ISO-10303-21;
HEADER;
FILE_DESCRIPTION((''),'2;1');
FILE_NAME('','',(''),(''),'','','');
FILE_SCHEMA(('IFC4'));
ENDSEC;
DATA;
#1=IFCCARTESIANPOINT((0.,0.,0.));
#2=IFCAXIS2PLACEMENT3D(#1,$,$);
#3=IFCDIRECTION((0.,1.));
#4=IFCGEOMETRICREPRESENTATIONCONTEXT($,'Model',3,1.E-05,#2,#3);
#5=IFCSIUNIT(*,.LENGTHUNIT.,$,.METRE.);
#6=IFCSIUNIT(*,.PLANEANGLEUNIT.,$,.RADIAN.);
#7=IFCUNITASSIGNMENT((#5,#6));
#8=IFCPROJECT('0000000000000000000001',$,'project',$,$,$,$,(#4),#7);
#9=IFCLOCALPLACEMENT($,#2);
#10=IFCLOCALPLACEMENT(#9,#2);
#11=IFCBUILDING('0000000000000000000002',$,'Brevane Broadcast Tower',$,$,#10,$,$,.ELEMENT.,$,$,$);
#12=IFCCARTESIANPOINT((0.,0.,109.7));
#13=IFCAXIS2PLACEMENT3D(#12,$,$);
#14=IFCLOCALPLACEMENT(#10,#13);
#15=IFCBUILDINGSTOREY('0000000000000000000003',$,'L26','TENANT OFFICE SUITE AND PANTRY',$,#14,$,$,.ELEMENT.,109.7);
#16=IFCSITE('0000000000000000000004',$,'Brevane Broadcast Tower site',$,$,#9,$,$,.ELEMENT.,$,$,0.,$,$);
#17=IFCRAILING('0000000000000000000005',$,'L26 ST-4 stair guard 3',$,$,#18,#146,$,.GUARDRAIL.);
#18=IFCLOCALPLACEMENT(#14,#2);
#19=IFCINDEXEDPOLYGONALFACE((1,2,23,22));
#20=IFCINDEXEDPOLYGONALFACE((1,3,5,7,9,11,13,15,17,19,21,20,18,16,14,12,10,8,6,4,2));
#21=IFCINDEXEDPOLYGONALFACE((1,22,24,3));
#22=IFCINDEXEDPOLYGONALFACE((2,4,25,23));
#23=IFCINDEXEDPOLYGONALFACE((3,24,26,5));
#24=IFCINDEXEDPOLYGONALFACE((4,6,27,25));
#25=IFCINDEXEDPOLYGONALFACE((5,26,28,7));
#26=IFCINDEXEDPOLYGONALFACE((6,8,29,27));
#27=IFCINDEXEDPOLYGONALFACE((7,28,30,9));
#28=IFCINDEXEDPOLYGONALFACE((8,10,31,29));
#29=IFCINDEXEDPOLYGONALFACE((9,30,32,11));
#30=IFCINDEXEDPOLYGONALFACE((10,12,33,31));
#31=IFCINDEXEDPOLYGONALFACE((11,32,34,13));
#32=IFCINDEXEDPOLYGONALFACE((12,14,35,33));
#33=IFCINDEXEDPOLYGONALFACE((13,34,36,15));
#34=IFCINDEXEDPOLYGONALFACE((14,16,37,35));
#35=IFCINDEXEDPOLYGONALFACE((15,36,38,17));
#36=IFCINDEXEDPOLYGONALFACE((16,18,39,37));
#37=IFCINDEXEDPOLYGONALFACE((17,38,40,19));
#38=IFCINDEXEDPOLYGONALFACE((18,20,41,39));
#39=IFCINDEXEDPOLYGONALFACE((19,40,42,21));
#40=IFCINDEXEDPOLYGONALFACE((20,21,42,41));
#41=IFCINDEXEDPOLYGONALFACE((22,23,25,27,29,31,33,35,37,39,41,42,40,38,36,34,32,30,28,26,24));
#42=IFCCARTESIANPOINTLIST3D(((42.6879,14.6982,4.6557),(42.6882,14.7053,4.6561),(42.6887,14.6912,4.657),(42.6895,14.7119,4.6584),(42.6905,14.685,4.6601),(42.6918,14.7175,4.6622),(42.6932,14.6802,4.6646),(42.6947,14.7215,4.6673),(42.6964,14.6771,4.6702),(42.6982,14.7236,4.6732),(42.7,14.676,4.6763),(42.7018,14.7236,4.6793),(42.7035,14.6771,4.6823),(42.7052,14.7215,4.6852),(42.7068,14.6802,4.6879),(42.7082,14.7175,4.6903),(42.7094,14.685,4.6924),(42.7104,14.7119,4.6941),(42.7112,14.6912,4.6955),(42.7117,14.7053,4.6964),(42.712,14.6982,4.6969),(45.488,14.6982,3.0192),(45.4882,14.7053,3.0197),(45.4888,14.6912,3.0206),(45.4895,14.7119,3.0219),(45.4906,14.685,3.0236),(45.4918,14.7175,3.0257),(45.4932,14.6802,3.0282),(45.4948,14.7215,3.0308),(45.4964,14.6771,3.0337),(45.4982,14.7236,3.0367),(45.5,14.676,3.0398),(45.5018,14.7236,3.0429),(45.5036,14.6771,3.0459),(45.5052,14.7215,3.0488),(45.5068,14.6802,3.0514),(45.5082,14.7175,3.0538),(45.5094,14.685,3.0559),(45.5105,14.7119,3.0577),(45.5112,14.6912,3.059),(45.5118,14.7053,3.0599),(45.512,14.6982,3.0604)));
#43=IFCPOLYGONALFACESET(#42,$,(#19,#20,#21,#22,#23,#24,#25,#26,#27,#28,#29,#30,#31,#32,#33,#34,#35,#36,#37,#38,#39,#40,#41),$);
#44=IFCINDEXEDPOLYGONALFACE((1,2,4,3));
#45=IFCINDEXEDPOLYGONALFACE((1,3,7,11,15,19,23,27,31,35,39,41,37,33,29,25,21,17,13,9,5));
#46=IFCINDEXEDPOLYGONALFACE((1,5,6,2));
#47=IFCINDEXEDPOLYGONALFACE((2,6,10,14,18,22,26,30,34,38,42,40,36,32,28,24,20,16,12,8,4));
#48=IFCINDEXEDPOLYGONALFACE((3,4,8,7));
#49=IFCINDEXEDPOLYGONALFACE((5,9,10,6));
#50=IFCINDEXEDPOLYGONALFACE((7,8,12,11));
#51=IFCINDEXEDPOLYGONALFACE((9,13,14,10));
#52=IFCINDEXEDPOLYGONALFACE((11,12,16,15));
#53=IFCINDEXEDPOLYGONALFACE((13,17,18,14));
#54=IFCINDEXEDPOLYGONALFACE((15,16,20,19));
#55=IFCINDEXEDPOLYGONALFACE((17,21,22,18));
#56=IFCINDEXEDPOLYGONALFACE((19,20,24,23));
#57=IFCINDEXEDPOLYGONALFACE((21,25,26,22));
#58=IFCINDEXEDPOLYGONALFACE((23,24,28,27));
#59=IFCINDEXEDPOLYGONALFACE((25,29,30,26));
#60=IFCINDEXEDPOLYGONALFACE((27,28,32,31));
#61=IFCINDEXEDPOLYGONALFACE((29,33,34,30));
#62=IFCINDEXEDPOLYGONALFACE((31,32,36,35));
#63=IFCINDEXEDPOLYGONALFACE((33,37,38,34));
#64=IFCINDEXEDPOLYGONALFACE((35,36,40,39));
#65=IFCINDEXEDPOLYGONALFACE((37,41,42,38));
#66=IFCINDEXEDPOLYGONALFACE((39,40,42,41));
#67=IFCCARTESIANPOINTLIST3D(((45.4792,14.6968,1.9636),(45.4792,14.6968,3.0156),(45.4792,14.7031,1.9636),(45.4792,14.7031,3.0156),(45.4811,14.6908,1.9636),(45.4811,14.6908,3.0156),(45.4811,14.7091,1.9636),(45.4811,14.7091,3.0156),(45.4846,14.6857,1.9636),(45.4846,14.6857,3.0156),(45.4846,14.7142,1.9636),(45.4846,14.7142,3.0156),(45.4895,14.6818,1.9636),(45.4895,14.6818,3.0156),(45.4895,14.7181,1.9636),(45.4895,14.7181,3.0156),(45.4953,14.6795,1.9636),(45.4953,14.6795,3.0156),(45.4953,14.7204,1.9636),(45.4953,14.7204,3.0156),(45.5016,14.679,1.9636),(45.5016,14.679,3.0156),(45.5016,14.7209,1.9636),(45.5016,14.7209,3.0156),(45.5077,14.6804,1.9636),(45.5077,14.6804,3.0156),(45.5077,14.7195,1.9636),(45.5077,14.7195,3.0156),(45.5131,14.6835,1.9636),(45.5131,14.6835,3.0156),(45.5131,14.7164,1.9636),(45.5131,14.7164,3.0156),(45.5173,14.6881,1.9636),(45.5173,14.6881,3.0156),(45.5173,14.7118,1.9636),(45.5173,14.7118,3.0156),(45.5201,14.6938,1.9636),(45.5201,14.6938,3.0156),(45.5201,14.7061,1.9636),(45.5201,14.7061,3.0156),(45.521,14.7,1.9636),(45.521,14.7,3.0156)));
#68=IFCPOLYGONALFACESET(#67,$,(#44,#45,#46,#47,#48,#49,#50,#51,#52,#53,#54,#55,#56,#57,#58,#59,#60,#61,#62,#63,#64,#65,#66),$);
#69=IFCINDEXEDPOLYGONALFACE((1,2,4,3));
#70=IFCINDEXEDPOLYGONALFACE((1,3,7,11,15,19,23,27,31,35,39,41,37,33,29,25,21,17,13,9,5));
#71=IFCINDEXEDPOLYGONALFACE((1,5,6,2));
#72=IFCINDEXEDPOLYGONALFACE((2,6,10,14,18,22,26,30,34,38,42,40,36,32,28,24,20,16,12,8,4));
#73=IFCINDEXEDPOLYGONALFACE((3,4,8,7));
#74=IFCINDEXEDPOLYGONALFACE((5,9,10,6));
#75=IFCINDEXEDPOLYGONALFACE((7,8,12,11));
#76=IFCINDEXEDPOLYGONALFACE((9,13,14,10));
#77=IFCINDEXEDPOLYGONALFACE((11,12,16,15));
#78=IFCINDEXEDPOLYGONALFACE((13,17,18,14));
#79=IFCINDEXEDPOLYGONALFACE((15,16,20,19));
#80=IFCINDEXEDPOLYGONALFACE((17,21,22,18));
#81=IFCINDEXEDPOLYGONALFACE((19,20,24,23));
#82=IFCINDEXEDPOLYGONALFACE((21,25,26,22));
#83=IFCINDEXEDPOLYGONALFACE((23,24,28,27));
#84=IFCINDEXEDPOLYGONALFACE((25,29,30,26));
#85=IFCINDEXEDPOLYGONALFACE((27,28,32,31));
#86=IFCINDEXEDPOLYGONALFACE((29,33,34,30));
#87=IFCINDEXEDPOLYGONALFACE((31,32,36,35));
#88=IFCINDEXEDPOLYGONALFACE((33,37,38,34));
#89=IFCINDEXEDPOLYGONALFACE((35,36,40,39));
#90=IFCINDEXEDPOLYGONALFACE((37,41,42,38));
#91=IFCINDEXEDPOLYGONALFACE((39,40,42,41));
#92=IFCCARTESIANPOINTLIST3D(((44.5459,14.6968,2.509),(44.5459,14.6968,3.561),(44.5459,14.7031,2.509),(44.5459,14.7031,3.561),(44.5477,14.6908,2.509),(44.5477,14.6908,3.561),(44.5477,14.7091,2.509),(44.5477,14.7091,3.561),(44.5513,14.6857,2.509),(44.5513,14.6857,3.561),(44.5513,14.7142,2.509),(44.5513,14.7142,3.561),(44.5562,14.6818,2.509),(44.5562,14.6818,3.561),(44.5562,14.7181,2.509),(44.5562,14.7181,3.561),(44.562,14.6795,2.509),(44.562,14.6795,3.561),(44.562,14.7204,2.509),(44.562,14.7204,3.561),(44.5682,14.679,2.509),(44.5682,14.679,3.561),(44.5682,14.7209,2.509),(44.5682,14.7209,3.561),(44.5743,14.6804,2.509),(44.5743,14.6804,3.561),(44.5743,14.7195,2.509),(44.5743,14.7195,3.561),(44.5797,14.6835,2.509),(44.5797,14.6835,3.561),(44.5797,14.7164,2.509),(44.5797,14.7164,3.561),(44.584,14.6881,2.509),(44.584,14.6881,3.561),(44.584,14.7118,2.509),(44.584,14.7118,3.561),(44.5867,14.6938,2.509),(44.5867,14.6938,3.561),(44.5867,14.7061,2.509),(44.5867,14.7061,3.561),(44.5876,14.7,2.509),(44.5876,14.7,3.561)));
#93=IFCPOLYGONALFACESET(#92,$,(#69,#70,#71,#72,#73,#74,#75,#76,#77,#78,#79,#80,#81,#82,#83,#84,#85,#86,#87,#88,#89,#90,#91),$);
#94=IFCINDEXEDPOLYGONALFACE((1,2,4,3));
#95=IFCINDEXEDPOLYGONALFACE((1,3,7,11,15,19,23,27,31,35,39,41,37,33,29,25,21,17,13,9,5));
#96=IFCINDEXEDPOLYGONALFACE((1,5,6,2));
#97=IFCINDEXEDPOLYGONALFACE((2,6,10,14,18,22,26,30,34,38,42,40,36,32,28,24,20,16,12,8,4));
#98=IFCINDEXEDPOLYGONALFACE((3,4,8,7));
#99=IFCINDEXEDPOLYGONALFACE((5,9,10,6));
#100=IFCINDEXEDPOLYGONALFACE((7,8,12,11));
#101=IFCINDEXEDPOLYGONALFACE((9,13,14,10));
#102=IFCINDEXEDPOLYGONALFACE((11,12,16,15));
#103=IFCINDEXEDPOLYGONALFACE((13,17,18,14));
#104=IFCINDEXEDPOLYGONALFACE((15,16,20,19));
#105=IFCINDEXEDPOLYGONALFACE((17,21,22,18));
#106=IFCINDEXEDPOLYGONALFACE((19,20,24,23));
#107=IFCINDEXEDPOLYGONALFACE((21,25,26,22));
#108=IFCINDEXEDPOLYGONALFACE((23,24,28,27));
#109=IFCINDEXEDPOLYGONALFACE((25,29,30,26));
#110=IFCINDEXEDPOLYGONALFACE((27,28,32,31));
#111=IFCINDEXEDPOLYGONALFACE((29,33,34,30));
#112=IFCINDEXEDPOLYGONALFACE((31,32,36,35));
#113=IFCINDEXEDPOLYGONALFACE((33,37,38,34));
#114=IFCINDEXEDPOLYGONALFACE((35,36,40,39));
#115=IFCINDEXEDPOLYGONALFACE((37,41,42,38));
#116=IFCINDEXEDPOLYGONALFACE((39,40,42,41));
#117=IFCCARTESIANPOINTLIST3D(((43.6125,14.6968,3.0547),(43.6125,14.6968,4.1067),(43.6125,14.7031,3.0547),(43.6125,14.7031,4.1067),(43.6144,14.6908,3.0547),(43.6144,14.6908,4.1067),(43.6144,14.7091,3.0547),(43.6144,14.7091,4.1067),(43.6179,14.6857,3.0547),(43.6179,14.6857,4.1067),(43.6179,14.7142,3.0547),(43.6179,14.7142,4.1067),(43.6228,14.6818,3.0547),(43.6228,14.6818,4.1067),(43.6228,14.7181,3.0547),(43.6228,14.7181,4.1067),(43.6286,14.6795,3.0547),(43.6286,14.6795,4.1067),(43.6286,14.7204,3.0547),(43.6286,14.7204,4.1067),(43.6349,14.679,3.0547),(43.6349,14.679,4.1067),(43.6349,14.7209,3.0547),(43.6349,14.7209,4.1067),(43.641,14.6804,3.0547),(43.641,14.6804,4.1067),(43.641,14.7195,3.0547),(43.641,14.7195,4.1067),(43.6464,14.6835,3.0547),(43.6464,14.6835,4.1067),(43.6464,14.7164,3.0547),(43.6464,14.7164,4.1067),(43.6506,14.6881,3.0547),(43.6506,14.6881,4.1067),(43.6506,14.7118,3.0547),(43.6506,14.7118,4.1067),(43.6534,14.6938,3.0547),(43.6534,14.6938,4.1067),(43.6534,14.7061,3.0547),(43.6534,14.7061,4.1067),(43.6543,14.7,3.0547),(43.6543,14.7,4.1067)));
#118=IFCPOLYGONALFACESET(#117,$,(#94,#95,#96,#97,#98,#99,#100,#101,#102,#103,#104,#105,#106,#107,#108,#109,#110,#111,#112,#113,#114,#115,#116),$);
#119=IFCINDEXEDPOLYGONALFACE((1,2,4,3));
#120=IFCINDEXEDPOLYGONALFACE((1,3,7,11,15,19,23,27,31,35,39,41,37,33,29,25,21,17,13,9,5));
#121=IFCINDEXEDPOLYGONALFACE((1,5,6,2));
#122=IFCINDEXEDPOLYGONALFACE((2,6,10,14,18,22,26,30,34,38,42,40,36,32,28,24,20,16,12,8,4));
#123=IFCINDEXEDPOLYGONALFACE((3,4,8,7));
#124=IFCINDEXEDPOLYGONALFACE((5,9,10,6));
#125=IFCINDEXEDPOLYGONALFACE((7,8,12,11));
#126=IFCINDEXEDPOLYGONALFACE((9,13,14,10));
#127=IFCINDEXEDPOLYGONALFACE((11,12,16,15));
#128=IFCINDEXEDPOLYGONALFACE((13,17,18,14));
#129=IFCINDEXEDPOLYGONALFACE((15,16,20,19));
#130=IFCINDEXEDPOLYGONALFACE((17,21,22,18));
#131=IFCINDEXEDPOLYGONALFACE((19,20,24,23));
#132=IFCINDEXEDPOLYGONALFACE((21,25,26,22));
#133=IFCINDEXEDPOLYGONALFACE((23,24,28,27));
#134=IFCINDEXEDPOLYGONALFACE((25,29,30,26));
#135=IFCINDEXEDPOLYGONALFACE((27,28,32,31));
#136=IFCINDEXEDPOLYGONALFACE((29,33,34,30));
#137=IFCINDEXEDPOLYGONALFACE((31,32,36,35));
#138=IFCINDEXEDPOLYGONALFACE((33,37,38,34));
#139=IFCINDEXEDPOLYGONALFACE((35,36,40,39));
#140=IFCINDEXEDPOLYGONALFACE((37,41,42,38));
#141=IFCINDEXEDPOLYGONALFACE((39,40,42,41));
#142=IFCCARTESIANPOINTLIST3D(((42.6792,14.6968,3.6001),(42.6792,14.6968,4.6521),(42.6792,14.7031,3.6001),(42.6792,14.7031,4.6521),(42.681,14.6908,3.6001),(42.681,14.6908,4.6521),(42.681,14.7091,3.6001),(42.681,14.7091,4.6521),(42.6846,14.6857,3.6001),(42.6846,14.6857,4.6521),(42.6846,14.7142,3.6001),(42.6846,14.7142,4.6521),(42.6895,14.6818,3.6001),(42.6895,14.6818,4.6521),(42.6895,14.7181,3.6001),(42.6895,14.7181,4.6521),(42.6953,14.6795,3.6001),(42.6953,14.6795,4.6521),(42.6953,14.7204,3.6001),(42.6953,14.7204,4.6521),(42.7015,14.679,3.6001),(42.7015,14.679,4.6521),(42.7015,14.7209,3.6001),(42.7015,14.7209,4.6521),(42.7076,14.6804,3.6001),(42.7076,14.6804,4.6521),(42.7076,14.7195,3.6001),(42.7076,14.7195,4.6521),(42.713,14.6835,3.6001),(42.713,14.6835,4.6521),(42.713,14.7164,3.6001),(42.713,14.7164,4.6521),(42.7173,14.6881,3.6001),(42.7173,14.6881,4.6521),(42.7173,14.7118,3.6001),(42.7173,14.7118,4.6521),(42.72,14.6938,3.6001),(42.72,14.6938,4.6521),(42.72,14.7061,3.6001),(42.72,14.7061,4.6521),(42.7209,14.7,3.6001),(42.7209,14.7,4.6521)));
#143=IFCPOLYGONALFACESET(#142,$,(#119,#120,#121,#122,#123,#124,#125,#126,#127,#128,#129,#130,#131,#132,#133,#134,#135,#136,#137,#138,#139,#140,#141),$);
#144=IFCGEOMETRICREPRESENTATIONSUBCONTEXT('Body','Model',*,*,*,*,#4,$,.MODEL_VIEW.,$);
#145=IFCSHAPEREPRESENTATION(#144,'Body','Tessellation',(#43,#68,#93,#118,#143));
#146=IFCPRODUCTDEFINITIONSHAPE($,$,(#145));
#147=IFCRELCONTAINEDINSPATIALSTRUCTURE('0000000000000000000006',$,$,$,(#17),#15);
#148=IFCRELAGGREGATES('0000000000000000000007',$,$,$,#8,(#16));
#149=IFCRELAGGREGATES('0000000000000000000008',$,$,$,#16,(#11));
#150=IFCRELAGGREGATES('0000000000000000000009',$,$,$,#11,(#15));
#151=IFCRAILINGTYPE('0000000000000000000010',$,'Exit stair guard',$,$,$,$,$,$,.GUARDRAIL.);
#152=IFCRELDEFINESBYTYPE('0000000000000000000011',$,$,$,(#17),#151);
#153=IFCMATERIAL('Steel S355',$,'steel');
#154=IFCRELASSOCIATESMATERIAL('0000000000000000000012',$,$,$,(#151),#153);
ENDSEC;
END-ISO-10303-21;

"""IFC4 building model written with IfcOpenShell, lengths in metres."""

from ifc_helpers import new_model, si_unit, direction, frame, origin, origin_2d, place, context, subcontext, project, spatial, circle, extrude, material, type_object, element, save


model = new_model("IFC4")

# Units and contexts
model_context = context("Model", 3, precision=1e-05, world=origin(), true_north=direction((0.0, 1.0)))
body_context = subcontext(model_context, "Body", "Model", "MODEL_VIEW")
ifc_project = project(units=[si_unit("LENGTHUNIT", "METRE"), si_unit("PLANEANGLEUNIT", "RADIAN")], contexts=[model_context])

# Site, building, storey
site_placement = place(None, origin())
site = spatial("IfcSite", under=ifc_project, at=site_placement, Name="Brevane Broadcast Tower site", CompositionType="ELEMENT", RefElevation=0.0)
building_placement = place(site_placement, origin())
building = spatial("IfcBuilding", under=site, at=building_placement, Name="Brevane Broadcast Tower", CompositionType="ELEMENT")
storey_placement = place(building_placement, frame((0.0, 0.0, 109.7)))
storey = spatial("IfcBuildingStorey", under=building, at=storey_placement, Name="L26", Description="TENANT OFFICE SUITE AND PANTRY", CompositionType="ELEMENT", Elevation=109.7)

# Railing
ifc_material_1 = material(Name="Steel S355", Category="steel")
railing_type_1 = type_object("IfcRailingType", Name="Exit stair guard", PredefinedType="GUARDRAIL", material=ifc_material_1)
railing_1_placement = place(storey_placement, frame((45.5, 14.7, 1.9636)))
element("IfcRailing", 1, at=railing_1_placement, inside=storey, type_object=railing_type_1, Name="L26 ST-4 stair guard 3", PredefinedType="GUARDRAIL", context=body_context, shape_type="SweptSolid", body=[
    extrude(circle(Radius=0.0239, at=origin_2d()), frame((0.0, 0.0, 1.0762), z_axis=(-0.863361, 0.0, 0.504587), x_axis=(0.0, -1.0, 0.0)), (0.0, 0.0, 1.0), 3.2432),
    extrude(circle(Radius=0.021, at=origin_2d()), origin(), (0.0, 0.0, 1.0), 1.052),
    extrude(circle(Radius=0.021, at=origin_2d()), frame((-0.9333, 0.0, 0.5454)), (0.0, 0.0, 1.0), 1.052),
    extrude(circle(Radius=0.021, at=origin_2d()), frame((-1.8667, 0.0, 1.0911)), (0.0, 0.0, 1.0), 1.052),
    extrude(circle(Radius=0.021, at=origin_2d()), frame((-2.8, 0.0, 1.6365)), (0.0, 0.0, 1.0), 1.052),
])

save(model, "model.ifc")
